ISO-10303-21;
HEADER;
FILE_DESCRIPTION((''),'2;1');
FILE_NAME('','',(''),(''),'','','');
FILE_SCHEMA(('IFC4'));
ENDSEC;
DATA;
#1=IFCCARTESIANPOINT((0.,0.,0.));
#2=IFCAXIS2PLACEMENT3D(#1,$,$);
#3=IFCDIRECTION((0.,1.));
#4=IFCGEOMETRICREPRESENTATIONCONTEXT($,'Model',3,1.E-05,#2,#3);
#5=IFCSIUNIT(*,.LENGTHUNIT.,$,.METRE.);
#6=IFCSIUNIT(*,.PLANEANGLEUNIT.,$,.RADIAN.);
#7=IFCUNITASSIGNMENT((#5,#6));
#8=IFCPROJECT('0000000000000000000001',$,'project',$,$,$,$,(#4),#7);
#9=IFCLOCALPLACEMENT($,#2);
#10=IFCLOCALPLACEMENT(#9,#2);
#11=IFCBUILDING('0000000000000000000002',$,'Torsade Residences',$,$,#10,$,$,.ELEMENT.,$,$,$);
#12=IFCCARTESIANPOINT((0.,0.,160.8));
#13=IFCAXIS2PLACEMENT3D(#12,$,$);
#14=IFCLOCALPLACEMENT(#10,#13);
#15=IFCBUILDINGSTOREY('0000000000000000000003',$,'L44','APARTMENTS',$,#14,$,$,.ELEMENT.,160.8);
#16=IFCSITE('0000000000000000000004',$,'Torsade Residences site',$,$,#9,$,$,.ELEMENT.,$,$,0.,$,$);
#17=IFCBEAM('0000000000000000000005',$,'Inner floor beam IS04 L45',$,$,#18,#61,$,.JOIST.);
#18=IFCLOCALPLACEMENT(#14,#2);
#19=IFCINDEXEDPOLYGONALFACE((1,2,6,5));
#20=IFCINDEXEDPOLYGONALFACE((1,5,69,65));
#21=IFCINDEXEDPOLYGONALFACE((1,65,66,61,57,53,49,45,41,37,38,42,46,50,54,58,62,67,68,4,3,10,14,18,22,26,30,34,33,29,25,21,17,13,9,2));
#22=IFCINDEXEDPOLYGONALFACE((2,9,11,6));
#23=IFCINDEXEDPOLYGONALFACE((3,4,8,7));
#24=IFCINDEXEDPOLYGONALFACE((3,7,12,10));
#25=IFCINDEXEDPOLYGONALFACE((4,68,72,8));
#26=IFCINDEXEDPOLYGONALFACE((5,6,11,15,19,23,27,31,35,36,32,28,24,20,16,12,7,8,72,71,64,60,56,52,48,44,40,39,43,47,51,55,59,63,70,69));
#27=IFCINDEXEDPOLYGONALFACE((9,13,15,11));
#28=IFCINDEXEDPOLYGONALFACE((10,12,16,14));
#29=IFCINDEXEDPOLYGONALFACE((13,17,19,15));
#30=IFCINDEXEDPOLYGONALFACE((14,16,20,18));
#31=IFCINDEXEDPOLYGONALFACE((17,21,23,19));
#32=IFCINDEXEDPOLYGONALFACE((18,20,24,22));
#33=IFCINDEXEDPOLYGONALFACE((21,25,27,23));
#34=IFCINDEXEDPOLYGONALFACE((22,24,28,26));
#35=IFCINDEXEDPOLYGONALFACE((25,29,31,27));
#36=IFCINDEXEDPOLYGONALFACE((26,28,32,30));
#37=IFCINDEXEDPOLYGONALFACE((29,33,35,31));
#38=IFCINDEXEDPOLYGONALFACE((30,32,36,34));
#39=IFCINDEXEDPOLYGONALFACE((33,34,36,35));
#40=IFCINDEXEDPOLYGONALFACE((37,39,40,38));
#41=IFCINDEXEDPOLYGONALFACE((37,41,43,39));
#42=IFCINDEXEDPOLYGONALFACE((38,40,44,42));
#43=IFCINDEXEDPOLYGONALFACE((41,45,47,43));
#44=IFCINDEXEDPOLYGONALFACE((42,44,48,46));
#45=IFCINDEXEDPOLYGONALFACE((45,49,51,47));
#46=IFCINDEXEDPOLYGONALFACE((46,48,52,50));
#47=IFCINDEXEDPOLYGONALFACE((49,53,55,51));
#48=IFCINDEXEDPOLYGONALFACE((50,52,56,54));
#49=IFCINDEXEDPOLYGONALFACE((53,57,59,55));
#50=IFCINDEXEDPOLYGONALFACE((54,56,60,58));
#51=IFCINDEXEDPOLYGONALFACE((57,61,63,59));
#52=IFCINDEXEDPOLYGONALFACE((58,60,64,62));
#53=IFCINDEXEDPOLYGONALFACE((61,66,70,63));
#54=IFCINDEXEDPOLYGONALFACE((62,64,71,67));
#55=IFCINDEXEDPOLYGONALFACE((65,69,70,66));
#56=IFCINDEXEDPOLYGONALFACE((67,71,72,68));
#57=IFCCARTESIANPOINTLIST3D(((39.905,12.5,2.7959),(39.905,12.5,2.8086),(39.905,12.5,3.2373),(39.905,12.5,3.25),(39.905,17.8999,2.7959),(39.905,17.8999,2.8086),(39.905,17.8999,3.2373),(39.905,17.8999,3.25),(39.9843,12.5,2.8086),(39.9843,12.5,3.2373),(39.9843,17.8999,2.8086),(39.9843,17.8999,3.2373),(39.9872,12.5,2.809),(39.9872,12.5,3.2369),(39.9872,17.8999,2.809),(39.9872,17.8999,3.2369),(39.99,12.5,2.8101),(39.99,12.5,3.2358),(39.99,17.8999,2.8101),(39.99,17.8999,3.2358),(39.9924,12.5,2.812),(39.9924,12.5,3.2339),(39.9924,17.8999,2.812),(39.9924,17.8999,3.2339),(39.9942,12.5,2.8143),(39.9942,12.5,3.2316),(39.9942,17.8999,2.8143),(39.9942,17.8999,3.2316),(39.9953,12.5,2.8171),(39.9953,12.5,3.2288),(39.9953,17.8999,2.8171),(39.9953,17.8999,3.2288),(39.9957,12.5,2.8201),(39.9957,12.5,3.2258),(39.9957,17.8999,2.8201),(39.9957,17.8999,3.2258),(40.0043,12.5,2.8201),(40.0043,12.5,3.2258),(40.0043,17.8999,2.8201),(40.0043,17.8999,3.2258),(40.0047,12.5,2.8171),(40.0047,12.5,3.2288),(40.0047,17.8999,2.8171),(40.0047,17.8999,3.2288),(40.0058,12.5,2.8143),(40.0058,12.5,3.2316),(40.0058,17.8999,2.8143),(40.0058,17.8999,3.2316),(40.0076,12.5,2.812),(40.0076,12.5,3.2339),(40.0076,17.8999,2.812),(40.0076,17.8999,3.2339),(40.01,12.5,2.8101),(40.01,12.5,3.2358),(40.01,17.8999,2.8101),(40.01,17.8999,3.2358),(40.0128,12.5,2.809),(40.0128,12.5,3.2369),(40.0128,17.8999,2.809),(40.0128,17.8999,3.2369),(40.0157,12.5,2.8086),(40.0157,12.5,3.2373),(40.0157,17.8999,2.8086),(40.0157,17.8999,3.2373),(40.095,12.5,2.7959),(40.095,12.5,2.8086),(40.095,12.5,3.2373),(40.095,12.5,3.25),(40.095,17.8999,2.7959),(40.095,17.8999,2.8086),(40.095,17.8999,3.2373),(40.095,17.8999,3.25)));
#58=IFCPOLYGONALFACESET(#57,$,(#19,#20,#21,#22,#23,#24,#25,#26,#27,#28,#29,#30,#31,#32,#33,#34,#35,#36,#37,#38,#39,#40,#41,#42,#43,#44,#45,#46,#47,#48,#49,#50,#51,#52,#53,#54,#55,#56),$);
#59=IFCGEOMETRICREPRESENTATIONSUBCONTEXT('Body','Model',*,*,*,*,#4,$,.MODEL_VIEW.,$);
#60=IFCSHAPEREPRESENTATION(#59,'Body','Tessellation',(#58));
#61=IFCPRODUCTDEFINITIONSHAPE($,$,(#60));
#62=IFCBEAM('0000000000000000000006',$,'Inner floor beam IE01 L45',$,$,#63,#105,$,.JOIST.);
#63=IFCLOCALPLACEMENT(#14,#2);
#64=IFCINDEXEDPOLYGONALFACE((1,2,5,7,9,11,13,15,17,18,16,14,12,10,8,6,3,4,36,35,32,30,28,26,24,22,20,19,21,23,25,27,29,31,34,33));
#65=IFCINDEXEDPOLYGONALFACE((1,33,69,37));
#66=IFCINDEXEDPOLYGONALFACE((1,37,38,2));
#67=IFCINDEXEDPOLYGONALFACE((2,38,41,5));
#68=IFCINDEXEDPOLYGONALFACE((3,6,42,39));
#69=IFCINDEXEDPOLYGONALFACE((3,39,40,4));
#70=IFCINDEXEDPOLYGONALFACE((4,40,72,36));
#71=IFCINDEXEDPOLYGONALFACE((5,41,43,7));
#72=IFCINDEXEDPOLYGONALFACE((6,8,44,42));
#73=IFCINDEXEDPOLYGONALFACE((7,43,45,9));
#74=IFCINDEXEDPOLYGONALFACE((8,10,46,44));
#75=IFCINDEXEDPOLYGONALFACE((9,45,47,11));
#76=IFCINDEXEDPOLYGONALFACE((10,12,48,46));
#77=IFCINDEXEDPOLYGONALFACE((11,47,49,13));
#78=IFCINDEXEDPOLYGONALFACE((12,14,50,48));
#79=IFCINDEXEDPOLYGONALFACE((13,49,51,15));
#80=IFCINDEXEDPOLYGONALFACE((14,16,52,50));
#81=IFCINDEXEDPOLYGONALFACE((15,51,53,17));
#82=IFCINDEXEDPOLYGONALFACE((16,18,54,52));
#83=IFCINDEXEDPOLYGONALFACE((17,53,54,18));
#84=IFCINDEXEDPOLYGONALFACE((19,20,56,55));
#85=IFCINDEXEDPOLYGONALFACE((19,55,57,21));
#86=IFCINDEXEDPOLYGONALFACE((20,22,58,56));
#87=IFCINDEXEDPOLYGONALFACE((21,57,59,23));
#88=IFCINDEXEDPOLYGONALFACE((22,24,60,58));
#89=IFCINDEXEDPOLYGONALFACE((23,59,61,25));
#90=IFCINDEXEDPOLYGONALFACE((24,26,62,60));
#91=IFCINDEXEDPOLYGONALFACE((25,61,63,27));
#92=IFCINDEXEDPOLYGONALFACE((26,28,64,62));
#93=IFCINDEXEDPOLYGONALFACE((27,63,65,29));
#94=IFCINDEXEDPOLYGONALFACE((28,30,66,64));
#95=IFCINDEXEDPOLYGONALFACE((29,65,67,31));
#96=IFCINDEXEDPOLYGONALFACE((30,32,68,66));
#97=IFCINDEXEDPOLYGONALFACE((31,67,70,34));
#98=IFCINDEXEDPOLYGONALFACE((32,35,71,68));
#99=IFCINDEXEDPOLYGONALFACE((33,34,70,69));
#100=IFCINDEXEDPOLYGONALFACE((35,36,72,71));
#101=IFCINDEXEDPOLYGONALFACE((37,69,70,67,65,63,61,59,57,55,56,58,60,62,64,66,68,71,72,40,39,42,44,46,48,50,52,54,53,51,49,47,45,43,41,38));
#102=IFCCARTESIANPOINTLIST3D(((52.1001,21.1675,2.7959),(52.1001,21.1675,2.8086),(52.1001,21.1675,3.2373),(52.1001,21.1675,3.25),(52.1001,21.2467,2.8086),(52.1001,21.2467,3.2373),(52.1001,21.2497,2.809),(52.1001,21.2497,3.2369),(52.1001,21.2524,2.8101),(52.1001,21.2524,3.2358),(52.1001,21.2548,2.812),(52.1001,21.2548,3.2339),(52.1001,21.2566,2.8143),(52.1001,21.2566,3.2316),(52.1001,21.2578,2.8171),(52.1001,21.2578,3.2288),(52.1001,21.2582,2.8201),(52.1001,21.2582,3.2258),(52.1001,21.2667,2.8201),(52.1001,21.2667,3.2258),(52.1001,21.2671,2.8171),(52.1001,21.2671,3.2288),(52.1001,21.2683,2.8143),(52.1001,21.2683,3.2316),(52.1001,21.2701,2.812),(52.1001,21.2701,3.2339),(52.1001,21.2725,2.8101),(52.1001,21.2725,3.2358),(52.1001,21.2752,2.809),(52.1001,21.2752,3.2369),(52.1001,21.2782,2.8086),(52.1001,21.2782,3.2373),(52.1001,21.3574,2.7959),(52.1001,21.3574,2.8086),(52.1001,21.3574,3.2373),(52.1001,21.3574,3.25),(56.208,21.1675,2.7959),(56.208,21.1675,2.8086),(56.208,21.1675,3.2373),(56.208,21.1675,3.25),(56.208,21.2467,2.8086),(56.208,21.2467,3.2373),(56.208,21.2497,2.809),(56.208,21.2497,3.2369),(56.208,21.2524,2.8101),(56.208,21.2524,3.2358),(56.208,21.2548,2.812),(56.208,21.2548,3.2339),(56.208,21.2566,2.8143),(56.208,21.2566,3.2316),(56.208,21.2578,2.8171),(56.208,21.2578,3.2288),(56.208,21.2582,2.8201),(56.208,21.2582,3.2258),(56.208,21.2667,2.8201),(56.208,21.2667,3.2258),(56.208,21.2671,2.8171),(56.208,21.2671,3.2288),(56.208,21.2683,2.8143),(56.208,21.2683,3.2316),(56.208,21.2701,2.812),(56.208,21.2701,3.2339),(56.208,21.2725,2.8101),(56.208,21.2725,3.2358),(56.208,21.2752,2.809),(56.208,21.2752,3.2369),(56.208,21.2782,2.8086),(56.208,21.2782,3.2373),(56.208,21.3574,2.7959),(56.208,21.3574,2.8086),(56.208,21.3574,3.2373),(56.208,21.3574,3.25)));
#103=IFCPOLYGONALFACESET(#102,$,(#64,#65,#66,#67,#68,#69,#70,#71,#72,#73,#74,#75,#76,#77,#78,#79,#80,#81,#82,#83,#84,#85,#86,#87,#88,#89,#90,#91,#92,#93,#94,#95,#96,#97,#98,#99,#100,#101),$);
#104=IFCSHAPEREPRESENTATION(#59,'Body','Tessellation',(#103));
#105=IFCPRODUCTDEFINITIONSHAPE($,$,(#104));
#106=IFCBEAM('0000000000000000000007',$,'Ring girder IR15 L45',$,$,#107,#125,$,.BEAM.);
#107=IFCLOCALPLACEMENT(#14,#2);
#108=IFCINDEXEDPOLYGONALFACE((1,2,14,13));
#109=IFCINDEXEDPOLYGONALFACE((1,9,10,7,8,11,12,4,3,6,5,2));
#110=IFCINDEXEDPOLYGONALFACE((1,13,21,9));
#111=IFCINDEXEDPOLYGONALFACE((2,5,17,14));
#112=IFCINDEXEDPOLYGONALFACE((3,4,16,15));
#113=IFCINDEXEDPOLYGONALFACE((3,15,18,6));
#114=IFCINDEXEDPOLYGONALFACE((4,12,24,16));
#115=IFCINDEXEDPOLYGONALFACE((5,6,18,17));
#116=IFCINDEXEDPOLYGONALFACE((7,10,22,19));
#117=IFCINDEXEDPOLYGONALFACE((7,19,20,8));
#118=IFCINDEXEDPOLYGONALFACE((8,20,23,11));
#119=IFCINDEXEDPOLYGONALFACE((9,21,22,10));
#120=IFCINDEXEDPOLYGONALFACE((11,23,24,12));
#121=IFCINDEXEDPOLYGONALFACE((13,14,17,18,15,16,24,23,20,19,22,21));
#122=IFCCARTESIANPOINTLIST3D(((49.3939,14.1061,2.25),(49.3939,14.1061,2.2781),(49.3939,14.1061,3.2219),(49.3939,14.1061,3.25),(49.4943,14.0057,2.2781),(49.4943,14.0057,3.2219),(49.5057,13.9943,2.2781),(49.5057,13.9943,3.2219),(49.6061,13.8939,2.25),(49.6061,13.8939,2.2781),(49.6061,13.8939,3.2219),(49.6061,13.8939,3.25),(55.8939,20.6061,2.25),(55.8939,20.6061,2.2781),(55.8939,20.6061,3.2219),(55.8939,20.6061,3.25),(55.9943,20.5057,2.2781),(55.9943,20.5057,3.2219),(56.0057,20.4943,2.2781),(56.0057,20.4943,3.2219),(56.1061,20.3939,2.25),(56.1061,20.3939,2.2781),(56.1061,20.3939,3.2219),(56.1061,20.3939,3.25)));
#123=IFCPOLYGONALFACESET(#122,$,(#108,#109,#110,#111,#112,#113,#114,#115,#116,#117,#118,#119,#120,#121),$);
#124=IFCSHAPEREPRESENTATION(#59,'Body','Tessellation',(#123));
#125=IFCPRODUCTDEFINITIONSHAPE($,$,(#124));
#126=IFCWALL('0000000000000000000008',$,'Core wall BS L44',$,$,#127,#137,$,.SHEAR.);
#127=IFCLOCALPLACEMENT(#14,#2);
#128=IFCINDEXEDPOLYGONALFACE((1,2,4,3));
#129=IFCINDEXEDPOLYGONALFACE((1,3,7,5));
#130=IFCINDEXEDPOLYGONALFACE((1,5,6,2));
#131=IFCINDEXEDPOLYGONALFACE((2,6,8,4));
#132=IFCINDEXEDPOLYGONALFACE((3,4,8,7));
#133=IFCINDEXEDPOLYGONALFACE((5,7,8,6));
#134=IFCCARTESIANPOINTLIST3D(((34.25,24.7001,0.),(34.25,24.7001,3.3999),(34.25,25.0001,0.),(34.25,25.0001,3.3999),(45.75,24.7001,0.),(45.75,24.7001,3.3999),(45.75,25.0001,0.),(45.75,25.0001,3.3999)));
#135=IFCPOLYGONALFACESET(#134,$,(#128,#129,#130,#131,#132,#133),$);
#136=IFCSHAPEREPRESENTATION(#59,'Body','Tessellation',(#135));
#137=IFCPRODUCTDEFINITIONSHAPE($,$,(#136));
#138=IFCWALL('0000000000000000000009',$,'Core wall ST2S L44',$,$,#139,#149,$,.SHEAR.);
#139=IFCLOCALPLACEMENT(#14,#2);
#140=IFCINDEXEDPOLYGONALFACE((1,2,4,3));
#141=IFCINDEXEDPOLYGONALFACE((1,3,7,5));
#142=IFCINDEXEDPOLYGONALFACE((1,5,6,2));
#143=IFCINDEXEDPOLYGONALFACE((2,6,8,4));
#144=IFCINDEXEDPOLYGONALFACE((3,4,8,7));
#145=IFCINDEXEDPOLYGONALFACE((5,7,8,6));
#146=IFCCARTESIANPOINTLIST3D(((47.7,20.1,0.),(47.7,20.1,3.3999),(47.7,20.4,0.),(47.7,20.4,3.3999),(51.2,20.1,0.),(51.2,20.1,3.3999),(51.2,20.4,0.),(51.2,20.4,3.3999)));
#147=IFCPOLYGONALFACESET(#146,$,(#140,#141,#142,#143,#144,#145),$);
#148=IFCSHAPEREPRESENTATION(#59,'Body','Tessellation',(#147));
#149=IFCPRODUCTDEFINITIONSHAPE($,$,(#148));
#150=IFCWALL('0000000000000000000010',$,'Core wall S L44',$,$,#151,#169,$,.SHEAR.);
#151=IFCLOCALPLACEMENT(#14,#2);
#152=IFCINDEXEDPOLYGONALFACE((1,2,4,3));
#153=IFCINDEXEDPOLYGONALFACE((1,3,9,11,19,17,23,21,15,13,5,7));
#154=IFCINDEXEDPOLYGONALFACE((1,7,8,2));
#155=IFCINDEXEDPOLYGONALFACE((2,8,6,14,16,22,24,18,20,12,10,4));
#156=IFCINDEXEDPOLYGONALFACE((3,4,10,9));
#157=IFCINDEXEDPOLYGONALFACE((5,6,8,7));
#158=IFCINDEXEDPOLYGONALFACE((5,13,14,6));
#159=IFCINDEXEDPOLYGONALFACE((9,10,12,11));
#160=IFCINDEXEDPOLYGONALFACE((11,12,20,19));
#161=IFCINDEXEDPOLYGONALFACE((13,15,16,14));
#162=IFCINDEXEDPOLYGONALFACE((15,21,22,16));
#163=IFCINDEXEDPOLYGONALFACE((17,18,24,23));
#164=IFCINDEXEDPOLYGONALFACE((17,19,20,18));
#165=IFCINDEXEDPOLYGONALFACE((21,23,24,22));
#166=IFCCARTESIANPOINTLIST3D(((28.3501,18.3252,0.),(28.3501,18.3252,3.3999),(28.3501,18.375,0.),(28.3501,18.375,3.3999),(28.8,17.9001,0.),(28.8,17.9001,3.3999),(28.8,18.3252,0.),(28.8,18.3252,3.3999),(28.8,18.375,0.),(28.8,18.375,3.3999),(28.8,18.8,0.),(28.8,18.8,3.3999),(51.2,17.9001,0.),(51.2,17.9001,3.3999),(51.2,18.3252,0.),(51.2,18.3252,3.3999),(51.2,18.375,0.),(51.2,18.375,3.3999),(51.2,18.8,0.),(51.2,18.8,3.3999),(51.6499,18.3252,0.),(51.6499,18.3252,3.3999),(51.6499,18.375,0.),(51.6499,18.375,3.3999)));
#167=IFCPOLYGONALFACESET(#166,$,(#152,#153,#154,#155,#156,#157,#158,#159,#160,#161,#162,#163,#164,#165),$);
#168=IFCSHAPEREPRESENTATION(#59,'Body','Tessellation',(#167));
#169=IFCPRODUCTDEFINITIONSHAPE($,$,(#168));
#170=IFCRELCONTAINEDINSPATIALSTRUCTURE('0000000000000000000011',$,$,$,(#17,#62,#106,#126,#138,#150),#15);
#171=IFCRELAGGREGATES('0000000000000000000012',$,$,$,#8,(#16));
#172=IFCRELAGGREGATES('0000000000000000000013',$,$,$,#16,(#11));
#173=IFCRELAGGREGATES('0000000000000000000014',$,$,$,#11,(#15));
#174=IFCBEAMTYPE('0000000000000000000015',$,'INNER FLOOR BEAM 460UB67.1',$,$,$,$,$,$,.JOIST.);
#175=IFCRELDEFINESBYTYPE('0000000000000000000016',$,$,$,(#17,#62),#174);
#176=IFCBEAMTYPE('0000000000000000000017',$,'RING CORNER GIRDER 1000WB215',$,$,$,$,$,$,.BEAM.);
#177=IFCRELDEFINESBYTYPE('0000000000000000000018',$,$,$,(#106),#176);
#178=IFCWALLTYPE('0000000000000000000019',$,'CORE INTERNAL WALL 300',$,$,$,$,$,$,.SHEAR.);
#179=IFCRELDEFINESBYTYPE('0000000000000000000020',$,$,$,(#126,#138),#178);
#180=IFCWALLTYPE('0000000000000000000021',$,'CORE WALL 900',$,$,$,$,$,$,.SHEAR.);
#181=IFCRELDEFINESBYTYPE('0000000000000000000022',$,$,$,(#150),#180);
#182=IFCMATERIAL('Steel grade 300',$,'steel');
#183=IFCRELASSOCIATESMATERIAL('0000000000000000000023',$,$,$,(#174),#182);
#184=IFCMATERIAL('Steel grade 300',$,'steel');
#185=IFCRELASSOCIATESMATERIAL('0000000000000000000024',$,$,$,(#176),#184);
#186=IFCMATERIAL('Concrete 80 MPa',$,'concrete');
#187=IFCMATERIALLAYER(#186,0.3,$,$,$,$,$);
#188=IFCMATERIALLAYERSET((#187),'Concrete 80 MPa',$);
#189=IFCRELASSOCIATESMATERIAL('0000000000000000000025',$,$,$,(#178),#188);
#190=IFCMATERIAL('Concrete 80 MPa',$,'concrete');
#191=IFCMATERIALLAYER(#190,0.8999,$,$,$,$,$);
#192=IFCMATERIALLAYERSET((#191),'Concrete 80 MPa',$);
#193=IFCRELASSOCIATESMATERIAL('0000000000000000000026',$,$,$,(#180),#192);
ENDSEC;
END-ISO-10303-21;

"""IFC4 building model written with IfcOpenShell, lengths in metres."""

from ifc_helpers import new_model, si_unit, direction, frame, frame_2d, origin, origin_2d, place, context, subcontext, project, spatial, polyline, rectangle, i_section, outline, extrude, material, layer, layer_set, material_profile, profile_set, type_object, element, save


model = new_model("IFC4")

# Units and contexts
model_context = context("Model", 3, precision=1e-05, world=origin(), true_north=direction((0.0, 1.0)))
body_context = subcontext(model_context, "Body", "Model", "MODEL_VIEW")
ifc_project = project(units=[si_unit("LENGTHUNIT", "METRE"), si_unit("PLANEANGLEUNIT", "RADIAN")], contexts=[model_context])

# Site, building, storey
site_placement = place(None, origin())
site = spatial("IfcSite", under=ifc_project, at=site_placement, Name="Torsade Residences site", CompositionType="ELEMENT", RefElevation=0.0)
building_placement = place(site_placement, origin())
building = spatial("IfcBuilding", under=site, at=building_placement, Name="Torsade Residences", CompositionType="ELEMENT")
storey_placement = place(building_placement, frame((0.0, 0.0, 160.8)))
storey = spatial("IfcBuildingStorey", under=building, at=storey_placement, Name="L44", Description="APARTMENTS", CompositionType="ELEMENT", Elevation=160.8)

# Beams
ifc_material_1 = material(Name="Steel grade 300", Category="steel")
ifc_material_profile_1 = material_profile(ifc_material_1, i_section(OverallWidth=0.1899, OverallDepth=0.4541, WebThickness=0.0085, FlangeThickness=0.0127, FilletRadius=0.0115, at=origin_2d()), Name="460UB67.1")
ifc_profile_set_1 = profile_set([ifc_material_profile_1], Name="Steel grade 300")
beam_type_1 = type_object("IfcBeamType", Name="INNER FLOOR BEAM 460UB67.1", PredefinedType="JOIST", material=ifc_profile_set_1)
for number, where, z_axis, x_axis, name in (
    (1, (40.0, 17.8999, 3.0229), (0.0, -1.0, 0.0), (1.0, 0.0, 0.0), "Inner floor beam IS04 L45"),
):
    element("IfcBeam", number, at=place(storey_placement, frame(where, z_axis=z_axis, x_axis=x_axis)), inside=storey, type_object=beam_type_1, Name=name, PredefinedType="JOIST", context=body_context, shape_type="SweptSolid", body=[
        extrude(i_section(OverallWidth=0.1899, OverallDepth=0.4541, WebThickness=0.0085, FlangeThickness=0.0127, FilletRadius=0.0115, at=origin_2d()), origin(), (0.0, 0.0, 1.0), 5.3999),
    ])
beam_1_placement = place(storey_placement, frame((52.1001, 21.2625, 3.0229), z_axis=(1.0, 0.0, 0.0), x_axis=(0.0, 1.0, 0.0)))
element("IfcBeam", 2, at=beam_1_placement, inside=storey, type_object=beam_type_1, Name="Inner floor beam IE01 L45", PredefinedType="JOIST", context=body_context, shape_type="SweptSolid", body=[
    extrude(i_section(OverallWidth=0.1899, OverallDepth=0.4541, WebThickness=0.0085, FlangeThickness=0.0127, FilletRadius=0.0115, at=origin_2d()), origin(), (0.0, 0.0, 1.0), 4.1079),
])
ifc_material_2 = material(Name="Steel grade 300", Category="steel")
ifc_material_profile_2 = material_profile(ifc_material_2, i_section(OverallWidth=0.3, OverallDepth=1.0, WebThickness=0.0161, FlangeThickness=0.0281, at=origin_2d()), Name="1000WB215")
ifc_profile_set_2 = profile_set([ifc_material_profile_2], Name="Steel grade 300")
beam_type_2 = type_object("IfcBeamType", Name="RING CORNER GIRDER 1000WB215", PredefinedType="BEAM", material=ifc_profile_set_2)
beam_2_placement = place(storey_placement, frame((49.5, 14.0, 2.75), z_axis=(0.707107, 0.707107, 0.0), x_axis=(-0.707107, 0.707107, 0.0)))
element("IfcBeam", 3, at=beam_2_placement, inside=storey, type_object=beam_type_2, Name="Ring girder IR15 L45", PredefinedType="BEAM", context=body_context, shape_type="SweptSolid", body=[
    extrude(i_section(OverallWidth=0.3, OverallDepth=1.0, WebThickness=0.0161, FlangeThickness=0.0281, at=origin_2d()), origin(), (0.0, 0.0, 1.0), 9.1924),
])

# Walls
ifc_material_3 = material(Name="Concrete 80 MPa", Category="concrete")
ifc_layer_1 = layer(ifc_material_3, 0.3)
ifc_layer_set_1 = layer_set([ifc_layer_1], Name="Concrete 80 MPa")
wall_type_1 = type_object("IfcWallType", Name="CORE INTERNAL WALL 300", PredefinedType="SHEAR", material=ifc_layer_set_1)
wall_1_placement = place(storey_placement, frame((45.75, 24.8501, 0.0), z_axis=(0.0, 0.0, 1.0), x_axis=(-1.0, 0.0, 0.0)))
element("IfcWall", 4, at=wall_1_placement, inside=storey, type_object=wall_type_1, Name="Core wall BS L44", PredefinedType="SHEAR", context=body_context, shape_type="SweptSolid", body=[
    extrude(rectangle(XDim=11.5, YDim=0.3, at=frame_2d((5.75, 0.0))), origin(), (0.0, 0.0, 1.0), 3.3999),
])
wall_2_placement = place(storey_placement, frame((51.2, 20.25, 0.0), z_axis=(0.0, 0.0, 1.0), x_axis=(-1.0, 0.0, 0.0)))
element("IfcWall", 5, at=wall_2_placement, inside=storey, type_object=wall_type_1, Name="Core wall ST2S L44", PredefinedType="SHEAR", context=body_context, shape_type="SweptSolid", body=[
    extrude(rectangle(XDim=3.5, YDim=0.3, at=frame_2d((1.75, 0.0))), origin(), (0.0, 0.0, 1.0), 3.3999),
])
ifc_material_4 = material(Name="Concrete 80 MPa", Category="concrete")
ifc_layer_2 = layer(ifc_material_4, 0.8999)
ifc_layer_set_2 = layer_set([ifc_layer_2], Name="Concrete 80 MPa")
wall_type_2 = type_object("IfcWallType", Name="CORE WALL 900", PredefinedType="SHEAR", material=ifc_layer_set_2)
wall_3_placement = place(storey_placement, frame((51.2, 18.3501, 0.0), z_axis=(0.0, 0.0, 1.0), x_axis=(-1.0, 0.0, 0.0)))
element("IfcWall", 6, at=wall_3_placement, inside=storey, type_object=wall_type_2, Name="Core wall S L44", PredefinedType="SHEAR", context=body_context, shape_type="SweptSolid", body=[
    extrude(outline(polyline([(0.0, -0.45), (22.3999, -0.45), (22.3999, -0.0249), (22.8499, -0.0249), (22.8499, 0.0249), (22.3999, 0.0249), (22.3999, 0.45), (0.0, 0.45), (0.0, 0.0249), (-0.45, 0.0249), (-0.45, -0.0249), (0.0, -0.0249), (0.0, -0.45)])), origin(), (0.0, 0.0, 1.0), 3.3999),
])

save(model, "model.ifc")
